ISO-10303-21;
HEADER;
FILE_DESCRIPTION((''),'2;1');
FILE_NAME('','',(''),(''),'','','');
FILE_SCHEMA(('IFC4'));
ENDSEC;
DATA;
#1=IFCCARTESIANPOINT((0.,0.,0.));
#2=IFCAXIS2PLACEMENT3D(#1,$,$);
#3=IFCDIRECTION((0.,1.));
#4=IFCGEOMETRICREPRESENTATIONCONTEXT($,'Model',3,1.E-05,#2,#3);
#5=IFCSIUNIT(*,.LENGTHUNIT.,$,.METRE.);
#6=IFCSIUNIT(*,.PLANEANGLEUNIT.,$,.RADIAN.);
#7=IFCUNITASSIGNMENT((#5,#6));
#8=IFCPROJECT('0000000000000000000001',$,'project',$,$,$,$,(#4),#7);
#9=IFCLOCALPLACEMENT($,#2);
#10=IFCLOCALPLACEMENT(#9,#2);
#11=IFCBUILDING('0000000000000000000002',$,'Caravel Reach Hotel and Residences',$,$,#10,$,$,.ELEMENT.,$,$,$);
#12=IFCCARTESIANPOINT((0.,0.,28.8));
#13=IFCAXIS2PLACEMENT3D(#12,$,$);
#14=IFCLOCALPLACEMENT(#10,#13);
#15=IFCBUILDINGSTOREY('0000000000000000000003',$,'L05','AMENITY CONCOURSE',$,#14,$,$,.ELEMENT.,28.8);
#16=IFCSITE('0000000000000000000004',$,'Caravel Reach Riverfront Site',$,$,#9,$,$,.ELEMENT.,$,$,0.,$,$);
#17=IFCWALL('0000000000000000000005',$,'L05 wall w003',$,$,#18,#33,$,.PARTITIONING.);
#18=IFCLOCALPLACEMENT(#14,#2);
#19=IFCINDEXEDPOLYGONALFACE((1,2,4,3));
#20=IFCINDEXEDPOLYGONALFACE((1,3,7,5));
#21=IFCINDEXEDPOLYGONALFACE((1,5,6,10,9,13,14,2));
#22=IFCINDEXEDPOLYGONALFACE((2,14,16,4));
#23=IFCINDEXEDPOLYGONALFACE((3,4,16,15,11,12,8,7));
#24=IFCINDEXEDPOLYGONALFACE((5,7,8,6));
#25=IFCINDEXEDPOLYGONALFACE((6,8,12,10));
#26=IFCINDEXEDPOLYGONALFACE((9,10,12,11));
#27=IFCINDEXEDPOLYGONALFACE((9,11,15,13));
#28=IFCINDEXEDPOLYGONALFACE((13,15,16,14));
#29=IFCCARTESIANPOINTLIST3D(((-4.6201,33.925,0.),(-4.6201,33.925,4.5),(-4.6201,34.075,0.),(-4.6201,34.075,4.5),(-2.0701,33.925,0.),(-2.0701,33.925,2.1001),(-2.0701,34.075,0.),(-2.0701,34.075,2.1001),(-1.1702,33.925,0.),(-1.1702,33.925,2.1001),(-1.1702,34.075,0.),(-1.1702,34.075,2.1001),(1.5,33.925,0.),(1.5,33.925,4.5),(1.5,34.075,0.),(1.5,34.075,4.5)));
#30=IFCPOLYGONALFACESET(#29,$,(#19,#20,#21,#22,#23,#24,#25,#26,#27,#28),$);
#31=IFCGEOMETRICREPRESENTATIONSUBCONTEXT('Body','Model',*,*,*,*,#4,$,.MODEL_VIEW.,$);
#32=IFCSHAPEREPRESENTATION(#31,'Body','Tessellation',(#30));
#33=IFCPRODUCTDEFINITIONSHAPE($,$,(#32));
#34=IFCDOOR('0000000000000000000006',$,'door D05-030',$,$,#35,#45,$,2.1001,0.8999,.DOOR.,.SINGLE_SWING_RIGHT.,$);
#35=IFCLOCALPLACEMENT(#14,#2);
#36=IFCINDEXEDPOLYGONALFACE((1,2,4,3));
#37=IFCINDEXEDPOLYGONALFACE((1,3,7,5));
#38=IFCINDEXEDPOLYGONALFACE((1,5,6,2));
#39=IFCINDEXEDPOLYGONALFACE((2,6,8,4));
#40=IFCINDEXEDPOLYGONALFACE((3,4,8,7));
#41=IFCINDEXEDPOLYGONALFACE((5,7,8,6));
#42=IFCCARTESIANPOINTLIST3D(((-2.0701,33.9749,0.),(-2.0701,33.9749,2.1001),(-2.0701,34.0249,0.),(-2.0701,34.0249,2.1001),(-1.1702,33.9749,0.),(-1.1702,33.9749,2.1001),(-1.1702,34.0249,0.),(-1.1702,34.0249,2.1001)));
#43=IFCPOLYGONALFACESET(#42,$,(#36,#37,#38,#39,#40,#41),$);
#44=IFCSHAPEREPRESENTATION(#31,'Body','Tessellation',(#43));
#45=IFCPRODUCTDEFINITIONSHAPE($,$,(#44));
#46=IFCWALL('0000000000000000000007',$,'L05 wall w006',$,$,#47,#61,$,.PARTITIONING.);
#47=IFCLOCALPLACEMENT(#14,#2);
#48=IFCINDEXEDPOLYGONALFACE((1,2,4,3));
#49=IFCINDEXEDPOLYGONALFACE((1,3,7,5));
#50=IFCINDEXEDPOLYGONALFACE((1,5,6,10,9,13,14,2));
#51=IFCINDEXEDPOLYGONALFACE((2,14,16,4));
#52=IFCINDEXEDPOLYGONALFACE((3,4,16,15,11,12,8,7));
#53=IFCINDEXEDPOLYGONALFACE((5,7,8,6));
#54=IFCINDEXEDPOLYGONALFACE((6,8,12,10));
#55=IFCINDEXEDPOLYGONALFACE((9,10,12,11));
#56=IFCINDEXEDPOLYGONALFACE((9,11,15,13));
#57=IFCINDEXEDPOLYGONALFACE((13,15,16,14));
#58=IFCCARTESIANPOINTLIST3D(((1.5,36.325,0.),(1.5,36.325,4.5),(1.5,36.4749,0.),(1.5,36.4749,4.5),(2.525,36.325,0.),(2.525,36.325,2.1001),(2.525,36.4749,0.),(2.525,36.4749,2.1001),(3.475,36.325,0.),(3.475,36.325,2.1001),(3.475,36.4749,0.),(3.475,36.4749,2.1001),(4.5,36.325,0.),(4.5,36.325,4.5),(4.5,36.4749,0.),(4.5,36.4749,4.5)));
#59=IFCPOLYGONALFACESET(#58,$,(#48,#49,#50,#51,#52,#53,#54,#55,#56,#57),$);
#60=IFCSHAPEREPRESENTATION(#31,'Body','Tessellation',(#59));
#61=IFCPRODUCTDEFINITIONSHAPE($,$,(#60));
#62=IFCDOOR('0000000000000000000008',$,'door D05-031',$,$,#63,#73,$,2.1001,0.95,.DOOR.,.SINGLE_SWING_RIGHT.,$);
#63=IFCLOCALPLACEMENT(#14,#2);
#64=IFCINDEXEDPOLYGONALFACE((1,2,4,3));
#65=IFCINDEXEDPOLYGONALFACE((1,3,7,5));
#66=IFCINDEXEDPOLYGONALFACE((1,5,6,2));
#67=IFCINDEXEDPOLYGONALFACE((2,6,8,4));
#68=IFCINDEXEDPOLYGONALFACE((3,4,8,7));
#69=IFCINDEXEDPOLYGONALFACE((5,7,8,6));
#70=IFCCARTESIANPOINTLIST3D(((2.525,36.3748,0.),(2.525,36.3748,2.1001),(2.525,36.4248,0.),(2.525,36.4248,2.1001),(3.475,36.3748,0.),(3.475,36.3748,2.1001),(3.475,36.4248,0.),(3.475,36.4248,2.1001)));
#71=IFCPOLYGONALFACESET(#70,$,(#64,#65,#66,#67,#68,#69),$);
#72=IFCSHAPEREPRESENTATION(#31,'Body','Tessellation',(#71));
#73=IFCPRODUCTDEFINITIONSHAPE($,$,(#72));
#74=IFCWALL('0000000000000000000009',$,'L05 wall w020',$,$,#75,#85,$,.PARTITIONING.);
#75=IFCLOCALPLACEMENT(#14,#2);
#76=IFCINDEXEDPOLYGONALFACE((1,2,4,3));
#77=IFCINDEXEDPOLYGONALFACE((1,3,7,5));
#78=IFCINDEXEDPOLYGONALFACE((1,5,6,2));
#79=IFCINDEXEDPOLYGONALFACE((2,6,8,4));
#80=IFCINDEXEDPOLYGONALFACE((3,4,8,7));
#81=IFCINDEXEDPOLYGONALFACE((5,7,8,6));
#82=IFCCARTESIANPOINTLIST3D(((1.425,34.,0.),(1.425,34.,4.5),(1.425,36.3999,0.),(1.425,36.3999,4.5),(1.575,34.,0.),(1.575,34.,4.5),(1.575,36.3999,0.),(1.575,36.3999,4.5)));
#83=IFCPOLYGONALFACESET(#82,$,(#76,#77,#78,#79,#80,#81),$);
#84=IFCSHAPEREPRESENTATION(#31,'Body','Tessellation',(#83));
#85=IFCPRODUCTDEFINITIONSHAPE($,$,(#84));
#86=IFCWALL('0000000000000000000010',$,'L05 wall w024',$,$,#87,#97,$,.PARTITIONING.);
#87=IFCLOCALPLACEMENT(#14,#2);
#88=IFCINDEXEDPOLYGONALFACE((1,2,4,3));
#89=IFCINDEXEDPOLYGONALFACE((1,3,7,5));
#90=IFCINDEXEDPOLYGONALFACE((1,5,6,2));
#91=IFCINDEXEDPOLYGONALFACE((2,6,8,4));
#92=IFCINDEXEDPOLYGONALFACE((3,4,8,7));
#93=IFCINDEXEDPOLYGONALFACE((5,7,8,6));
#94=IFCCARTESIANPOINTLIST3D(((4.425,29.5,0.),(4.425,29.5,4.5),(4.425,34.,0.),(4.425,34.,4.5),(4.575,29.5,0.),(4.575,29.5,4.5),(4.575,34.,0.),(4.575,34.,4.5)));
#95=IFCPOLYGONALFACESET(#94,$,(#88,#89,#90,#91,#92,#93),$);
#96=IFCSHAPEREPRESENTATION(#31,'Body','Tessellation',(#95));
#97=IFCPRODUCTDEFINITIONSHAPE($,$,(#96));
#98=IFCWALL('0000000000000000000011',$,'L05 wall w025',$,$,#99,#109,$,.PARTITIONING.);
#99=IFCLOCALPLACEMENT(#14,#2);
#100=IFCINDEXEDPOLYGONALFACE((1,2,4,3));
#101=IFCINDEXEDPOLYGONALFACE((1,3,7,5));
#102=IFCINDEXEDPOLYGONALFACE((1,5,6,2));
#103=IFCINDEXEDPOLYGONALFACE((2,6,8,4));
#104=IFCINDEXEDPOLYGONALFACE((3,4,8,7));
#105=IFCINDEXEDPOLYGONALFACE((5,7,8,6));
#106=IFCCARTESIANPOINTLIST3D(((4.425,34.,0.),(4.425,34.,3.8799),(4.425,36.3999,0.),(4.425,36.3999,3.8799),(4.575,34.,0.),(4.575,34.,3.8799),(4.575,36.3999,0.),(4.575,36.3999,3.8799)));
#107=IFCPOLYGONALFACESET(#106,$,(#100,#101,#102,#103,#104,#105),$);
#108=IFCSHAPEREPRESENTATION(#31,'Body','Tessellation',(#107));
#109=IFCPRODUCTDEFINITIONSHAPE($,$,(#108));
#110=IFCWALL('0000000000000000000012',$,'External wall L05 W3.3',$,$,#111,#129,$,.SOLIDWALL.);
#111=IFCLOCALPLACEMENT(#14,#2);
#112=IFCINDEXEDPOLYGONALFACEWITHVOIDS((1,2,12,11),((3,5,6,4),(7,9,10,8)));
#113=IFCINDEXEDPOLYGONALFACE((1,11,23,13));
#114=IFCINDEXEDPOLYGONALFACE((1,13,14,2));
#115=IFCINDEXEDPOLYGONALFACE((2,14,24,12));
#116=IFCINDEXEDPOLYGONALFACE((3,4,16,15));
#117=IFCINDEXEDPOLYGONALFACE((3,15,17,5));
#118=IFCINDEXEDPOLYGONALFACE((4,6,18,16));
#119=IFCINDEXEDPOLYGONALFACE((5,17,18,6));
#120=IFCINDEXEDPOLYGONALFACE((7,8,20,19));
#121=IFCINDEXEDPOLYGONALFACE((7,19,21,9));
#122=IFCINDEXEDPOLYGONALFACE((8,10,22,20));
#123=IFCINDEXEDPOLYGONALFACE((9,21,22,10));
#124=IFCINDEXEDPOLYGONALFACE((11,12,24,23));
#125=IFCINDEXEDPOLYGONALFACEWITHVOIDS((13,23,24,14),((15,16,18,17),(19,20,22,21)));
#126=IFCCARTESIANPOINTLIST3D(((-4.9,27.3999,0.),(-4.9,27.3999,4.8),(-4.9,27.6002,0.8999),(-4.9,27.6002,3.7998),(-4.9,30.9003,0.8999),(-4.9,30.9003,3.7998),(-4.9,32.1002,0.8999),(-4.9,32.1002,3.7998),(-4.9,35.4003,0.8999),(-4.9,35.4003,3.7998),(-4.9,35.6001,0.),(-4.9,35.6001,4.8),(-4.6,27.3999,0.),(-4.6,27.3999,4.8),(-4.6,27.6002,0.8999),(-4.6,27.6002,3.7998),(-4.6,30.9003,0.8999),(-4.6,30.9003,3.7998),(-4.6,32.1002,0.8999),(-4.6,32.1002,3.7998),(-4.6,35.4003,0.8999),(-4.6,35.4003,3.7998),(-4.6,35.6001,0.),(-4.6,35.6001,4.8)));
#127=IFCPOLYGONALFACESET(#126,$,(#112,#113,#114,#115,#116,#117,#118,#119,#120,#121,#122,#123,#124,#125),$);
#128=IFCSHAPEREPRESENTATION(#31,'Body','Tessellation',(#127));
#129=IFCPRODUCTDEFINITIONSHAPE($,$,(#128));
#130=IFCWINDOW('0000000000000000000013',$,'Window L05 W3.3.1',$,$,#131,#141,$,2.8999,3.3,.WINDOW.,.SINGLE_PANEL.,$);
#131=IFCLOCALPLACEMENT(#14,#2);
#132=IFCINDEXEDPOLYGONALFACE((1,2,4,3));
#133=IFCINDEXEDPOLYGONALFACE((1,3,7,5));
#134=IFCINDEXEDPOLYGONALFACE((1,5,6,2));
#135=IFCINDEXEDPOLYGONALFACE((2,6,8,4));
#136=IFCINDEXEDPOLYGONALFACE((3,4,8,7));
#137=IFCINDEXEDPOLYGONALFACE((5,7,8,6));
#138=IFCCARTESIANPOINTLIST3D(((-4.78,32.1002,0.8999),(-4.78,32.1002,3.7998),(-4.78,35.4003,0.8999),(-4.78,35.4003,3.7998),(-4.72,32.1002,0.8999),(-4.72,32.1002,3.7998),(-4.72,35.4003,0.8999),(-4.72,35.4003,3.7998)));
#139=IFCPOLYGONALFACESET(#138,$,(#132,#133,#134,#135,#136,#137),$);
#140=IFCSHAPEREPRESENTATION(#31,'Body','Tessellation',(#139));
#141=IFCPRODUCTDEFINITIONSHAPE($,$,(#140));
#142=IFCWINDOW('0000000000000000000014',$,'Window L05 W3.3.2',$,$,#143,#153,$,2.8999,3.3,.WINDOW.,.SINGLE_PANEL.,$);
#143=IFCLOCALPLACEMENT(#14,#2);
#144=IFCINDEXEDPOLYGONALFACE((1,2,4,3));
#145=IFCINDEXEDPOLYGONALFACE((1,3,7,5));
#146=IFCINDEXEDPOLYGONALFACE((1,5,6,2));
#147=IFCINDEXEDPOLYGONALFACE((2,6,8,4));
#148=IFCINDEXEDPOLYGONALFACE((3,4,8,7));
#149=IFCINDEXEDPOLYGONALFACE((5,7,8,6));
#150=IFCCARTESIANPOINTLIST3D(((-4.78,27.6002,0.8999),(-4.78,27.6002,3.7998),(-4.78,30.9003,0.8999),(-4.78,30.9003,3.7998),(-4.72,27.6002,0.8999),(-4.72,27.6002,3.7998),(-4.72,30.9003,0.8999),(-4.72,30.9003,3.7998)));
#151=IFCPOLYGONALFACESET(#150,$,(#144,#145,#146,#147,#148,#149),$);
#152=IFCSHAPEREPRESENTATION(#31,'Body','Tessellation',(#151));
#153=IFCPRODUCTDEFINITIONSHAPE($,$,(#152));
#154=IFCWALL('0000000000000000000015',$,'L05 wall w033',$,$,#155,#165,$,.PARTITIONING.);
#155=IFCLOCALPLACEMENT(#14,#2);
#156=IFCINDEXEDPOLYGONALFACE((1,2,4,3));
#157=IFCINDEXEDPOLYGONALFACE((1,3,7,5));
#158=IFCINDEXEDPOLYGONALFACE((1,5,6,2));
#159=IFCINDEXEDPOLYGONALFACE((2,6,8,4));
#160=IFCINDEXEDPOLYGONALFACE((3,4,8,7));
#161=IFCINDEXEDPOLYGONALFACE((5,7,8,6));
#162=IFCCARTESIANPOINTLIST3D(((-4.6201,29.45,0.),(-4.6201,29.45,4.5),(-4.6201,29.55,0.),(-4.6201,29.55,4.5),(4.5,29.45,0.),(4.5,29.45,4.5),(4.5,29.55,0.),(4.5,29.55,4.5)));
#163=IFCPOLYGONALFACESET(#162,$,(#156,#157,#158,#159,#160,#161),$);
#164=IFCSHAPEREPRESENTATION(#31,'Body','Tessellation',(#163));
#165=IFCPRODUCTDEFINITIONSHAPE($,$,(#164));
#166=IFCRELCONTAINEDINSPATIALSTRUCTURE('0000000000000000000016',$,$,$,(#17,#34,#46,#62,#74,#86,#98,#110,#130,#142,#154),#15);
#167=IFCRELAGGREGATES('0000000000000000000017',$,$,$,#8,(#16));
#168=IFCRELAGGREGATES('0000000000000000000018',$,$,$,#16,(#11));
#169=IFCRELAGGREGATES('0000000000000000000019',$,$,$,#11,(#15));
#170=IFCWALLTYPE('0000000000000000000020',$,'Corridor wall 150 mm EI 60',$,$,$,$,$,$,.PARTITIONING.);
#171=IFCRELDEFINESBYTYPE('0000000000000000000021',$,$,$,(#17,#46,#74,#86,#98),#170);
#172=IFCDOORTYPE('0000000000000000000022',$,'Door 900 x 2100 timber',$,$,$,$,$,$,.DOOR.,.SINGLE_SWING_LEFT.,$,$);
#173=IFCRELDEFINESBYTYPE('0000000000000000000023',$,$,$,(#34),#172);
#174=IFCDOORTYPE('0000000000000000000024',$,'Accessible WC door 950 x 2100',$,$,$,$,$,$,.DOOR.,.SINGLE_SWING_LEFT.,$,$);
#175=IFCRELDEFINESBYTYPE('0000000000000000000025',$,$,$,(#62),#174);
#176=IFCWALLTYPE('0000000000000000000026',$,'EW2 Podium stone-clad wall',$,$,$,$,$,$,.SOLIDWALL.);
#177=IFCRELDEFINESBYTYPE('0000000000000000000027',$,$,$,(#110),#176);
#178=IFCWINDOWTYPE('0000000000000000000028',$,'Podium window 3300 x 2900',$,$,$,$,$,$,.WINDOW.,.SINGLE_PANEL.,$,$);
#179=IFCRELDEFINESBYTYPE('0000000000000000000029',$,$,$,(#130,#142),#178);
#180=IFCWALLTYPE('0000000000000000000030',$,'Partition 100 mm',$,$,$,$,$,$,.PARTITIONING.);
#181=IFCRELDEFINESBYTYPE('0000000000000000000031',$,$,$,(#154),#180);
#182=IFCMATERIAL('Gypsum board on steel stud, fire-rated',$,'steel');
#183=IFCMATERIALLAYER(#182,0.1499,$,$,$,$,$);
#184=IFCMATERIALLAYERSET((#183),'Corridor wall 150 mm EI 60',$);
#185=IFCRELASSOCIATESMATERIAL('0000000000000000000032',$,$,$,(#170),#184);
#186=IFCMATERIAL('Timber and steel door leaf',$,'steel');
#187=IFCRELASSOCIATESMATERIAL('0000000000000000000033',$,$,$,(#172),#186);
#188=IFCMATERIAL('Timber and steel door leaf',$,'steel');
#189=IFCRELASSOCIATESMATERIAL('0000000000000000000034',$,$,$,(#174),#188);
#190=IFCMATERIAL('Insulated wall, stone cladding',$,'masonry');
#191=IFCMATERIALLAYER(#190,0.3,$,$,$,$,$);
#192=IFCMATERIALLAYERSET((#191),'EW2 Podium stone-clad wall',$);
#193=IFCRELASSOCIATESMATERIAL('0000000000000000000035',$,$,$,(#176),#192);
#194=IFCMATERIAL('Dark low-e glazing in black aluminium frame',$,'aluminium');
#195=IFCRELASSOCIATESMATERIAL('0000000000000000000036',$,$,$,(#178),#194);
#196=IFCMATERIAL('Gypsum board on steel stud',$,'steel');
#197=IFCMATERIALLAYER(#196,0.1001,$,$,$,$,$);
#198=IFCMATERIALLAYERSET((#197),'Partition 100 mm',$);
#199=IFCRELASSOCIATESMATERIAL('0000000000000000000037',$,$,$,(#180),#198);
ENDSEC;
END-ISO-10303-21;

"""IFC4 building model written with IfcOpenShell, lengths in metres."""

from ifc_helpers import new_model, si_unit, direction, frame, frame_2d, origin, place, context, subcontext, project, spatial, rectangle, extrude, material, layer, layer_set, type_object, element, fill, save


model = new_model("IFC4")

# Units and contexts
model_context = context("Model", 3, precision=1e-05, world=origin(), true_north=direction((0.0, 1.0)))
body_context = subcontext(model_context, "Body", "Model", "MODEL_VIEW")
ifc_project = project(units=[si_unit("LENGTHUNIT", "METRE"), si_unit("PLANEANGLEUNIT", "RADIAN")], contexts=[model_context])

# Site, building, storey
site_placement = place(None, origin())
site = spatial("IfcSite", under=ifc_project, at=site_placement, Name="Caravel Reach Riverfront Site", CompositionType="ELEMENT", RefElevation=0.0)
building_placement = place(site_placement, origin())
building = spatial("IfcBuilding", under=site, at=building_placement, Name="Caravel Reach Hotel and Residences", CompositionType="ELEMENT")
storey_placement = place(building_placement, frame((0.0, 0.0, 28.8)))
storey = spatial("IfcBuildingStorey", under=building, at=storey_placement, Name="L05", Description="AMENITY CONCOURSE", CompositionType="ELEMENT", Elevation=28.8)

# Walls, openings, doors
ifc_material_1 = material(Name="Gypsum board on steel stud, fire-rated", Category="steel")
ifc_layer_1 = layer(ifc_material_1, 0.1499)
ifc_layer_set_1 = layer_set([ifc_layer_1], Name="Corridor wall 150 mm EI 60")
wall_type_1 = type_object("IfcWallType", Name="Corridor wall 150 mm EI 60", PredefinedType="PARTITIONING", material=ifc_layer_set_1)
wall_1_placement = place(storey_placement, frame((-4.6201, 34.0, 0.0), z_axis=(0.0, 0.0, 1.0), x_axis=(1.0, 0.0, 0.0)))
wall_1 = element("IfcWall", 1, at=wall_1_placement, inside=storey, type_object=wall_type_1, Name="L05 wall w003", PredefinedType="PARTITIONING", context=body_context, shape_type="SweptSolid", body=[
    extrude(rectangle(XDim=6.1201, YDim=0.1499, at=frame_2d((3.0601, 0.0))), origin(), (0.0, 0.0, 1.0), 4.5),
])
opening_1_placement = place(wall_1_placement, frame((2.55, 0.0, 0.0)))
opening_1 = element("IfcOpeningElement", 2, at=opening_1_placement, cuts=wall_1, PredefinedType="OPENING", context=body_context, shape_type="SweptSolid", body=[
    extrude(rectangle(XDim=0.8999, YDim=2.1001, at=frame_2d((0.45, 1.05))), frame((0.0, 0.085, 0.0), z_axis=(0.0, -1.0, 0.0), x_axis=(1.0, 0.0, 0.0)), (0.0, 0.0, 1.0), 0.1699),
])
ifc_material_2 = material(Name="Timber and steel door leaf", Category="steel")
door_type_1 = type_object("IfcDoorType", Name="Door 900 x 2100 timber", OperationType="SINGLE_SWING_LEFT", PredefinedType="DOOR", material=ifc_material_2)
door_1_placement = place(opening_1_placement, origin())
door_1 = element("IfcDoor", 3, at=door_1_placement, inside=storey, type_object=door_type_1, Name="door D05-030", OperationType="SINGLE_SWING_RIGHT", OverallHeight=2.1001, OverallWidth=0.8999, PredefinedType="DOOR", context=body_context, shape_type="SweptSolid", body=[
    extrude(rectangle(XDim=0.8999, YDim=2.1001, at=frame_2d((0.45, 1.05))), frame((0.0, 0.0249, 0.0), z_axis=(0.0, -1.0, 0.0), x_axis=(1.0, 0.0, 0.0)), (0.0, 0.0, 1.0), 0.05),
])
fill(opening_1, door_1)
wall_2_placement = place(storey_placement, frame((1.5, 36.3999, 0.0), z_axis=(0.0, 0.0, 1.0), x_axis=(1.0, 0.0, 0.0)))
wall_2 = element("IfcWall", 4, at=wall_2_placement, inside=storey, type_object=wall_type_1, Name="L05 wall w006", PredefinedType="PARTITIONING", context=body_context, shape_type="SweptSolid", body=[
    extrude(rectangle(XDim=3.0, YDim=0.1499, at=frame_2d((1.5, 0.0))), origin(), (0.0, 0.0, 1.0), 4.5),
])
opening_2_placement = place(wall_2_placement, frame((1.0249, 0.0, 0.0)))
opening_2 = element("IfcOpeningElement", 5, at=opening_2_placement, cuts=wall_2, PredefinedType="OPENING", context=body_context, shape_type="SweptSolid", body=[
    extrude(rectangle(XDim=0.95, YDim=2.1001, at=frame_2d((0.4751, 1.05))), frame((0.0, 0.085, 0.0), z_axis=(0.0, -1.0, 0.0), x_axis=(1.0, 0.0, 0.0)), (0.0, 0.0, 1.0), 0.1699),
])
ifc_material_3 = material(Name="Timber and steel door leaf", Category="steel")
door_type_2 = type_object("IfcDoorType", Name="Accessible WC door 950 x 2100", OperationType="SINGLE_SWING_LEFT", PredefinedType="DOOR", material=ifc_material_3)
door_2_placement = place(opening_2_placement, origin())
door_2 = element("IfcDoor", 6, at=door_2_placement, inside=storey, type_object=door_type_2, Name="door D05-031", OperationType="SINGLE_SWING_RIGHT", OverallHeight=2.1001, OverallWidth=0.95, PredefinedType="DOOR", context=body_context, shape_type="SweptSolid", body=[
    extrude(rectangle(XDim=0.95, YDim=2.1001, at=frame_2d((0.4751, 1.05))), frame((0.0, 0.0249, 0.0), z_axis=(0.0, -1.0, 0.0), x_axis=(1.0, 0.0, 0.0)), (0.0, 0.0, 1.0), 0.05),
])
fill(opening_2, door_2)

# Walls
wall_3_placement = place(storey_placement, frame((1.5, 34.0, 0.0), z_axis=(0.0, 0.0, 1.0), x_axis=(0.0, 1.0, 0.0)))
element("IfcWall", 7, at=wall_3_placement, inside=storey, type_object=wall_type_1, Name="L05 wall w020", PredefinedType="PARTITIONING", context=body_context, shape_type="SweptSolid", body=[
    extrude(rectangle(XDim=2.3999, YDim=0.1499, at=frame_2d((1.2, 0.0))), origin(), (0.0, 0.0, 1.0), 4.5),
])
wall_4_placement = place(storey_placement, frame((4.5, 29.5, 0.0), z_axis=(0.0, 0.0, 1.0), x_axis=(0.0, 1.0, 0.0)))
element("IfcWall", 8, at=wall_4_placement, inside=storey, type_object=wall_type_1, Name="L05 wall w024", PredefinedType="PARTITIONING", context=body_context, shape_type="SweptSolid", body=[
    extrude(rectangle(XDim=4.5, YDim=0.1499, at=frame_2d((2.25, 0.0))), origin(), (0.0, 0.0, 1.0), 4.5),
])
wall_5_placement = place(storey_placement, frame((4.5, 34.0, 0.0), z_axis=(0.0, 0.0, 1.0), x_axis=(0.0, 1.0, 0.0)))
element("IfcWall", 9, at=wall_5_placement, inside=storey, type_object=wall_type_1, Name="L05 wall w025", PredefinedType="PARTITIONING", context=body_context, shape_type="SweptSolid", body=[
    extrude(rectangle(XDim=2.3999, YDim=0.1499, at=frame_2d((1.2, 0.0))), origin(), (0.0, 0.0, 1.0), 3.8799),
])

# Wall, openings, windows
ifc_material_4 = material(Name="Insulated wall, stone cladding", Category="masonry")
ifc_layer_2 = layer(ifc_material_4, 0.3)
ifc_layer_set_2 = layer_set([ifc_layer_2], Name="EW2 Podium stone-clad wall")
wall_type_2 = type_object("IfcWallType", Name="EW2 Podium stone-clad wall", PredefinedType="SOLIDWALL", material=ifc_layer_set_2)
wall_6_placement = place(storey_placement, frame((-4.75, 35.6001, 0.0), z_axis=(0.0, 0.0, 1.0), x_axis=(0.0, -1.0, 0.0)))
wall_6 = element("IfcWall", 10, at=wall_6_placement, inside=storey, type_object=wall_type_2, Name="External wall L05 W3.3", PredefinedType="SOLIDWALL", context=body_context, shape_type="SweptSolid", body=[
    extrude(rectangle(XDim=8.2002, YDim=0.3, at=frame_2d((4.1001, 0.0))), origin(), (0.0, 0.0, 1.0), 4.8),
])
opening_3_placement = place(wall_6_placement, frame((0.2, 0.0, 0.8999)))
opening_3 = element("IfcOpeningElement", 11, at=opening_3_placement, cuts=wall_6, PredefinedType="OPENING", context=body_context, shape_type="SweptSolid", body=[
    extrude(rectangle(XDim=3.3, YDim=2.8999, at=frame_2d((1.6499, 1.45))), frame((0.0, 0.1599, 0.0), z_axis=(0.0, -1.0, 0.0), x_axis=(1.0, 0.0, 0.0)), (0.0, 0.0, 1.0), 0.3201),
])
opening_4_placement = place(wall_6_placement, frame((4.7, 0.0, 0.8999)))
opening_4 = element("IfcOpeningElement", 12, at=opening_4_placement, cuts=wall_6, PredefinedType="OPENING", context=body_context, shape_type="SweptSolid", body=[
    extrude(rectangle(XDim=3.3, YDim=2.8999, at=frame_2d((1.6499, 1.45))), frame((0.0, 0.1599, 0.0), z_axis=(0.0, -1.0, 0.0), x_axis=(1.0, 0.0, 0.0)), (0.0, 0.0, 1.0), 0.3201),
])
ifc_material_5 = material(Name="Dark low-e glazing in black aluminium frame", Category="aluminium")
window_type = type_object("IfcWindowType", Name="Podium window 3300 x 2900", PartitioningType="SINGLE_PANEL", PredefinedType="WINDOW", material=ifc_material_5)
window_1_placement = place(opening_3_placement, origin())
window_1 = element("IfcWindow", 13, at=window_1_placement, inside=storey, type_object=window_type, Name="Window L05 W3.3.1", OverallHeight=2.8999, OverallWidth=3.3, PartitioningType="SINGLE_PANEL", PredefinedType="WINDOW", context=body_context, shape_type="SweptSolid", body=[
    extrude(rectangle(XDim=3.3, YDim=2.8999, at=frame_2d((1.6499, 1.45))), frame((0.0, 0.03, 0.0), z_axis=(0.0, -1.0, 0.0), x_axis=(1.0, 0.0, 0.0)), (0.0, 0.0, 1.0), 0.0601),
])
fill(opening_3, window_1)
window_2_placement = place(opening_4_placement, origin())
window_2 = element("IfcWindow", 14, at=window_2_placement, inside=storey, type_object=window_type, Name="Window L05 W3.3.2", OverallHeight=2.8999, OverallWidth=3.3, PartitioningType="SINGLE_PANEL", PredefinedType="WINDOW", context=body_context, shape_type="SweptSolid", body=[
    extrude(rectangle(XDim=3.3, YDim=2.8999, at=frame_2d((1.6499, 1.45))), frame((0.0, 0.03, 0.0), z_axis=(0.0, -1.0, 0.0), x_axis=(1.0, 0.0, 0.0)), (0.0, 0.0, 1.0), 0.0601),
])
fill(opening_4, window_2)

# Wall
ifc_material_6 = material(Name="Gypsum board on steel stud", Category="steel")
ifc_layer_3 = layer(ifc_material_6, 0.1001)
ifc_layer_set_3 = layer_set([ifc_layer_3], Name="Partition 100 mm")
wall_type_3 = type_object("IfcWallType", Name="Partition 100 mm", PredefinedType="PARTITIONING", material=ifc_layer_set_3)
wall_7_placement = place(storey_placement, frame((-4.6201, 29.5, 0.0), z_axis=(0.0, 0.0, 1.0), x_axis=(1.0, 0.0, 0.0)))
element("IfcWall", 15, at=wall_7_placement, inside=storey, type_object=wall_type_3, Name="L05 wall w033", PredefinedType="PARTITIONING", context=body_context, shape_type="SweptSolid", body=[
    extrude(rectangle(XDim=9.1201, YDim=0.1001, at=frame_2d((4.5601, 0.0))), origin(), (0.0, 0.0, 1.0), 4.5),
])

save(model, "model.ifc")
